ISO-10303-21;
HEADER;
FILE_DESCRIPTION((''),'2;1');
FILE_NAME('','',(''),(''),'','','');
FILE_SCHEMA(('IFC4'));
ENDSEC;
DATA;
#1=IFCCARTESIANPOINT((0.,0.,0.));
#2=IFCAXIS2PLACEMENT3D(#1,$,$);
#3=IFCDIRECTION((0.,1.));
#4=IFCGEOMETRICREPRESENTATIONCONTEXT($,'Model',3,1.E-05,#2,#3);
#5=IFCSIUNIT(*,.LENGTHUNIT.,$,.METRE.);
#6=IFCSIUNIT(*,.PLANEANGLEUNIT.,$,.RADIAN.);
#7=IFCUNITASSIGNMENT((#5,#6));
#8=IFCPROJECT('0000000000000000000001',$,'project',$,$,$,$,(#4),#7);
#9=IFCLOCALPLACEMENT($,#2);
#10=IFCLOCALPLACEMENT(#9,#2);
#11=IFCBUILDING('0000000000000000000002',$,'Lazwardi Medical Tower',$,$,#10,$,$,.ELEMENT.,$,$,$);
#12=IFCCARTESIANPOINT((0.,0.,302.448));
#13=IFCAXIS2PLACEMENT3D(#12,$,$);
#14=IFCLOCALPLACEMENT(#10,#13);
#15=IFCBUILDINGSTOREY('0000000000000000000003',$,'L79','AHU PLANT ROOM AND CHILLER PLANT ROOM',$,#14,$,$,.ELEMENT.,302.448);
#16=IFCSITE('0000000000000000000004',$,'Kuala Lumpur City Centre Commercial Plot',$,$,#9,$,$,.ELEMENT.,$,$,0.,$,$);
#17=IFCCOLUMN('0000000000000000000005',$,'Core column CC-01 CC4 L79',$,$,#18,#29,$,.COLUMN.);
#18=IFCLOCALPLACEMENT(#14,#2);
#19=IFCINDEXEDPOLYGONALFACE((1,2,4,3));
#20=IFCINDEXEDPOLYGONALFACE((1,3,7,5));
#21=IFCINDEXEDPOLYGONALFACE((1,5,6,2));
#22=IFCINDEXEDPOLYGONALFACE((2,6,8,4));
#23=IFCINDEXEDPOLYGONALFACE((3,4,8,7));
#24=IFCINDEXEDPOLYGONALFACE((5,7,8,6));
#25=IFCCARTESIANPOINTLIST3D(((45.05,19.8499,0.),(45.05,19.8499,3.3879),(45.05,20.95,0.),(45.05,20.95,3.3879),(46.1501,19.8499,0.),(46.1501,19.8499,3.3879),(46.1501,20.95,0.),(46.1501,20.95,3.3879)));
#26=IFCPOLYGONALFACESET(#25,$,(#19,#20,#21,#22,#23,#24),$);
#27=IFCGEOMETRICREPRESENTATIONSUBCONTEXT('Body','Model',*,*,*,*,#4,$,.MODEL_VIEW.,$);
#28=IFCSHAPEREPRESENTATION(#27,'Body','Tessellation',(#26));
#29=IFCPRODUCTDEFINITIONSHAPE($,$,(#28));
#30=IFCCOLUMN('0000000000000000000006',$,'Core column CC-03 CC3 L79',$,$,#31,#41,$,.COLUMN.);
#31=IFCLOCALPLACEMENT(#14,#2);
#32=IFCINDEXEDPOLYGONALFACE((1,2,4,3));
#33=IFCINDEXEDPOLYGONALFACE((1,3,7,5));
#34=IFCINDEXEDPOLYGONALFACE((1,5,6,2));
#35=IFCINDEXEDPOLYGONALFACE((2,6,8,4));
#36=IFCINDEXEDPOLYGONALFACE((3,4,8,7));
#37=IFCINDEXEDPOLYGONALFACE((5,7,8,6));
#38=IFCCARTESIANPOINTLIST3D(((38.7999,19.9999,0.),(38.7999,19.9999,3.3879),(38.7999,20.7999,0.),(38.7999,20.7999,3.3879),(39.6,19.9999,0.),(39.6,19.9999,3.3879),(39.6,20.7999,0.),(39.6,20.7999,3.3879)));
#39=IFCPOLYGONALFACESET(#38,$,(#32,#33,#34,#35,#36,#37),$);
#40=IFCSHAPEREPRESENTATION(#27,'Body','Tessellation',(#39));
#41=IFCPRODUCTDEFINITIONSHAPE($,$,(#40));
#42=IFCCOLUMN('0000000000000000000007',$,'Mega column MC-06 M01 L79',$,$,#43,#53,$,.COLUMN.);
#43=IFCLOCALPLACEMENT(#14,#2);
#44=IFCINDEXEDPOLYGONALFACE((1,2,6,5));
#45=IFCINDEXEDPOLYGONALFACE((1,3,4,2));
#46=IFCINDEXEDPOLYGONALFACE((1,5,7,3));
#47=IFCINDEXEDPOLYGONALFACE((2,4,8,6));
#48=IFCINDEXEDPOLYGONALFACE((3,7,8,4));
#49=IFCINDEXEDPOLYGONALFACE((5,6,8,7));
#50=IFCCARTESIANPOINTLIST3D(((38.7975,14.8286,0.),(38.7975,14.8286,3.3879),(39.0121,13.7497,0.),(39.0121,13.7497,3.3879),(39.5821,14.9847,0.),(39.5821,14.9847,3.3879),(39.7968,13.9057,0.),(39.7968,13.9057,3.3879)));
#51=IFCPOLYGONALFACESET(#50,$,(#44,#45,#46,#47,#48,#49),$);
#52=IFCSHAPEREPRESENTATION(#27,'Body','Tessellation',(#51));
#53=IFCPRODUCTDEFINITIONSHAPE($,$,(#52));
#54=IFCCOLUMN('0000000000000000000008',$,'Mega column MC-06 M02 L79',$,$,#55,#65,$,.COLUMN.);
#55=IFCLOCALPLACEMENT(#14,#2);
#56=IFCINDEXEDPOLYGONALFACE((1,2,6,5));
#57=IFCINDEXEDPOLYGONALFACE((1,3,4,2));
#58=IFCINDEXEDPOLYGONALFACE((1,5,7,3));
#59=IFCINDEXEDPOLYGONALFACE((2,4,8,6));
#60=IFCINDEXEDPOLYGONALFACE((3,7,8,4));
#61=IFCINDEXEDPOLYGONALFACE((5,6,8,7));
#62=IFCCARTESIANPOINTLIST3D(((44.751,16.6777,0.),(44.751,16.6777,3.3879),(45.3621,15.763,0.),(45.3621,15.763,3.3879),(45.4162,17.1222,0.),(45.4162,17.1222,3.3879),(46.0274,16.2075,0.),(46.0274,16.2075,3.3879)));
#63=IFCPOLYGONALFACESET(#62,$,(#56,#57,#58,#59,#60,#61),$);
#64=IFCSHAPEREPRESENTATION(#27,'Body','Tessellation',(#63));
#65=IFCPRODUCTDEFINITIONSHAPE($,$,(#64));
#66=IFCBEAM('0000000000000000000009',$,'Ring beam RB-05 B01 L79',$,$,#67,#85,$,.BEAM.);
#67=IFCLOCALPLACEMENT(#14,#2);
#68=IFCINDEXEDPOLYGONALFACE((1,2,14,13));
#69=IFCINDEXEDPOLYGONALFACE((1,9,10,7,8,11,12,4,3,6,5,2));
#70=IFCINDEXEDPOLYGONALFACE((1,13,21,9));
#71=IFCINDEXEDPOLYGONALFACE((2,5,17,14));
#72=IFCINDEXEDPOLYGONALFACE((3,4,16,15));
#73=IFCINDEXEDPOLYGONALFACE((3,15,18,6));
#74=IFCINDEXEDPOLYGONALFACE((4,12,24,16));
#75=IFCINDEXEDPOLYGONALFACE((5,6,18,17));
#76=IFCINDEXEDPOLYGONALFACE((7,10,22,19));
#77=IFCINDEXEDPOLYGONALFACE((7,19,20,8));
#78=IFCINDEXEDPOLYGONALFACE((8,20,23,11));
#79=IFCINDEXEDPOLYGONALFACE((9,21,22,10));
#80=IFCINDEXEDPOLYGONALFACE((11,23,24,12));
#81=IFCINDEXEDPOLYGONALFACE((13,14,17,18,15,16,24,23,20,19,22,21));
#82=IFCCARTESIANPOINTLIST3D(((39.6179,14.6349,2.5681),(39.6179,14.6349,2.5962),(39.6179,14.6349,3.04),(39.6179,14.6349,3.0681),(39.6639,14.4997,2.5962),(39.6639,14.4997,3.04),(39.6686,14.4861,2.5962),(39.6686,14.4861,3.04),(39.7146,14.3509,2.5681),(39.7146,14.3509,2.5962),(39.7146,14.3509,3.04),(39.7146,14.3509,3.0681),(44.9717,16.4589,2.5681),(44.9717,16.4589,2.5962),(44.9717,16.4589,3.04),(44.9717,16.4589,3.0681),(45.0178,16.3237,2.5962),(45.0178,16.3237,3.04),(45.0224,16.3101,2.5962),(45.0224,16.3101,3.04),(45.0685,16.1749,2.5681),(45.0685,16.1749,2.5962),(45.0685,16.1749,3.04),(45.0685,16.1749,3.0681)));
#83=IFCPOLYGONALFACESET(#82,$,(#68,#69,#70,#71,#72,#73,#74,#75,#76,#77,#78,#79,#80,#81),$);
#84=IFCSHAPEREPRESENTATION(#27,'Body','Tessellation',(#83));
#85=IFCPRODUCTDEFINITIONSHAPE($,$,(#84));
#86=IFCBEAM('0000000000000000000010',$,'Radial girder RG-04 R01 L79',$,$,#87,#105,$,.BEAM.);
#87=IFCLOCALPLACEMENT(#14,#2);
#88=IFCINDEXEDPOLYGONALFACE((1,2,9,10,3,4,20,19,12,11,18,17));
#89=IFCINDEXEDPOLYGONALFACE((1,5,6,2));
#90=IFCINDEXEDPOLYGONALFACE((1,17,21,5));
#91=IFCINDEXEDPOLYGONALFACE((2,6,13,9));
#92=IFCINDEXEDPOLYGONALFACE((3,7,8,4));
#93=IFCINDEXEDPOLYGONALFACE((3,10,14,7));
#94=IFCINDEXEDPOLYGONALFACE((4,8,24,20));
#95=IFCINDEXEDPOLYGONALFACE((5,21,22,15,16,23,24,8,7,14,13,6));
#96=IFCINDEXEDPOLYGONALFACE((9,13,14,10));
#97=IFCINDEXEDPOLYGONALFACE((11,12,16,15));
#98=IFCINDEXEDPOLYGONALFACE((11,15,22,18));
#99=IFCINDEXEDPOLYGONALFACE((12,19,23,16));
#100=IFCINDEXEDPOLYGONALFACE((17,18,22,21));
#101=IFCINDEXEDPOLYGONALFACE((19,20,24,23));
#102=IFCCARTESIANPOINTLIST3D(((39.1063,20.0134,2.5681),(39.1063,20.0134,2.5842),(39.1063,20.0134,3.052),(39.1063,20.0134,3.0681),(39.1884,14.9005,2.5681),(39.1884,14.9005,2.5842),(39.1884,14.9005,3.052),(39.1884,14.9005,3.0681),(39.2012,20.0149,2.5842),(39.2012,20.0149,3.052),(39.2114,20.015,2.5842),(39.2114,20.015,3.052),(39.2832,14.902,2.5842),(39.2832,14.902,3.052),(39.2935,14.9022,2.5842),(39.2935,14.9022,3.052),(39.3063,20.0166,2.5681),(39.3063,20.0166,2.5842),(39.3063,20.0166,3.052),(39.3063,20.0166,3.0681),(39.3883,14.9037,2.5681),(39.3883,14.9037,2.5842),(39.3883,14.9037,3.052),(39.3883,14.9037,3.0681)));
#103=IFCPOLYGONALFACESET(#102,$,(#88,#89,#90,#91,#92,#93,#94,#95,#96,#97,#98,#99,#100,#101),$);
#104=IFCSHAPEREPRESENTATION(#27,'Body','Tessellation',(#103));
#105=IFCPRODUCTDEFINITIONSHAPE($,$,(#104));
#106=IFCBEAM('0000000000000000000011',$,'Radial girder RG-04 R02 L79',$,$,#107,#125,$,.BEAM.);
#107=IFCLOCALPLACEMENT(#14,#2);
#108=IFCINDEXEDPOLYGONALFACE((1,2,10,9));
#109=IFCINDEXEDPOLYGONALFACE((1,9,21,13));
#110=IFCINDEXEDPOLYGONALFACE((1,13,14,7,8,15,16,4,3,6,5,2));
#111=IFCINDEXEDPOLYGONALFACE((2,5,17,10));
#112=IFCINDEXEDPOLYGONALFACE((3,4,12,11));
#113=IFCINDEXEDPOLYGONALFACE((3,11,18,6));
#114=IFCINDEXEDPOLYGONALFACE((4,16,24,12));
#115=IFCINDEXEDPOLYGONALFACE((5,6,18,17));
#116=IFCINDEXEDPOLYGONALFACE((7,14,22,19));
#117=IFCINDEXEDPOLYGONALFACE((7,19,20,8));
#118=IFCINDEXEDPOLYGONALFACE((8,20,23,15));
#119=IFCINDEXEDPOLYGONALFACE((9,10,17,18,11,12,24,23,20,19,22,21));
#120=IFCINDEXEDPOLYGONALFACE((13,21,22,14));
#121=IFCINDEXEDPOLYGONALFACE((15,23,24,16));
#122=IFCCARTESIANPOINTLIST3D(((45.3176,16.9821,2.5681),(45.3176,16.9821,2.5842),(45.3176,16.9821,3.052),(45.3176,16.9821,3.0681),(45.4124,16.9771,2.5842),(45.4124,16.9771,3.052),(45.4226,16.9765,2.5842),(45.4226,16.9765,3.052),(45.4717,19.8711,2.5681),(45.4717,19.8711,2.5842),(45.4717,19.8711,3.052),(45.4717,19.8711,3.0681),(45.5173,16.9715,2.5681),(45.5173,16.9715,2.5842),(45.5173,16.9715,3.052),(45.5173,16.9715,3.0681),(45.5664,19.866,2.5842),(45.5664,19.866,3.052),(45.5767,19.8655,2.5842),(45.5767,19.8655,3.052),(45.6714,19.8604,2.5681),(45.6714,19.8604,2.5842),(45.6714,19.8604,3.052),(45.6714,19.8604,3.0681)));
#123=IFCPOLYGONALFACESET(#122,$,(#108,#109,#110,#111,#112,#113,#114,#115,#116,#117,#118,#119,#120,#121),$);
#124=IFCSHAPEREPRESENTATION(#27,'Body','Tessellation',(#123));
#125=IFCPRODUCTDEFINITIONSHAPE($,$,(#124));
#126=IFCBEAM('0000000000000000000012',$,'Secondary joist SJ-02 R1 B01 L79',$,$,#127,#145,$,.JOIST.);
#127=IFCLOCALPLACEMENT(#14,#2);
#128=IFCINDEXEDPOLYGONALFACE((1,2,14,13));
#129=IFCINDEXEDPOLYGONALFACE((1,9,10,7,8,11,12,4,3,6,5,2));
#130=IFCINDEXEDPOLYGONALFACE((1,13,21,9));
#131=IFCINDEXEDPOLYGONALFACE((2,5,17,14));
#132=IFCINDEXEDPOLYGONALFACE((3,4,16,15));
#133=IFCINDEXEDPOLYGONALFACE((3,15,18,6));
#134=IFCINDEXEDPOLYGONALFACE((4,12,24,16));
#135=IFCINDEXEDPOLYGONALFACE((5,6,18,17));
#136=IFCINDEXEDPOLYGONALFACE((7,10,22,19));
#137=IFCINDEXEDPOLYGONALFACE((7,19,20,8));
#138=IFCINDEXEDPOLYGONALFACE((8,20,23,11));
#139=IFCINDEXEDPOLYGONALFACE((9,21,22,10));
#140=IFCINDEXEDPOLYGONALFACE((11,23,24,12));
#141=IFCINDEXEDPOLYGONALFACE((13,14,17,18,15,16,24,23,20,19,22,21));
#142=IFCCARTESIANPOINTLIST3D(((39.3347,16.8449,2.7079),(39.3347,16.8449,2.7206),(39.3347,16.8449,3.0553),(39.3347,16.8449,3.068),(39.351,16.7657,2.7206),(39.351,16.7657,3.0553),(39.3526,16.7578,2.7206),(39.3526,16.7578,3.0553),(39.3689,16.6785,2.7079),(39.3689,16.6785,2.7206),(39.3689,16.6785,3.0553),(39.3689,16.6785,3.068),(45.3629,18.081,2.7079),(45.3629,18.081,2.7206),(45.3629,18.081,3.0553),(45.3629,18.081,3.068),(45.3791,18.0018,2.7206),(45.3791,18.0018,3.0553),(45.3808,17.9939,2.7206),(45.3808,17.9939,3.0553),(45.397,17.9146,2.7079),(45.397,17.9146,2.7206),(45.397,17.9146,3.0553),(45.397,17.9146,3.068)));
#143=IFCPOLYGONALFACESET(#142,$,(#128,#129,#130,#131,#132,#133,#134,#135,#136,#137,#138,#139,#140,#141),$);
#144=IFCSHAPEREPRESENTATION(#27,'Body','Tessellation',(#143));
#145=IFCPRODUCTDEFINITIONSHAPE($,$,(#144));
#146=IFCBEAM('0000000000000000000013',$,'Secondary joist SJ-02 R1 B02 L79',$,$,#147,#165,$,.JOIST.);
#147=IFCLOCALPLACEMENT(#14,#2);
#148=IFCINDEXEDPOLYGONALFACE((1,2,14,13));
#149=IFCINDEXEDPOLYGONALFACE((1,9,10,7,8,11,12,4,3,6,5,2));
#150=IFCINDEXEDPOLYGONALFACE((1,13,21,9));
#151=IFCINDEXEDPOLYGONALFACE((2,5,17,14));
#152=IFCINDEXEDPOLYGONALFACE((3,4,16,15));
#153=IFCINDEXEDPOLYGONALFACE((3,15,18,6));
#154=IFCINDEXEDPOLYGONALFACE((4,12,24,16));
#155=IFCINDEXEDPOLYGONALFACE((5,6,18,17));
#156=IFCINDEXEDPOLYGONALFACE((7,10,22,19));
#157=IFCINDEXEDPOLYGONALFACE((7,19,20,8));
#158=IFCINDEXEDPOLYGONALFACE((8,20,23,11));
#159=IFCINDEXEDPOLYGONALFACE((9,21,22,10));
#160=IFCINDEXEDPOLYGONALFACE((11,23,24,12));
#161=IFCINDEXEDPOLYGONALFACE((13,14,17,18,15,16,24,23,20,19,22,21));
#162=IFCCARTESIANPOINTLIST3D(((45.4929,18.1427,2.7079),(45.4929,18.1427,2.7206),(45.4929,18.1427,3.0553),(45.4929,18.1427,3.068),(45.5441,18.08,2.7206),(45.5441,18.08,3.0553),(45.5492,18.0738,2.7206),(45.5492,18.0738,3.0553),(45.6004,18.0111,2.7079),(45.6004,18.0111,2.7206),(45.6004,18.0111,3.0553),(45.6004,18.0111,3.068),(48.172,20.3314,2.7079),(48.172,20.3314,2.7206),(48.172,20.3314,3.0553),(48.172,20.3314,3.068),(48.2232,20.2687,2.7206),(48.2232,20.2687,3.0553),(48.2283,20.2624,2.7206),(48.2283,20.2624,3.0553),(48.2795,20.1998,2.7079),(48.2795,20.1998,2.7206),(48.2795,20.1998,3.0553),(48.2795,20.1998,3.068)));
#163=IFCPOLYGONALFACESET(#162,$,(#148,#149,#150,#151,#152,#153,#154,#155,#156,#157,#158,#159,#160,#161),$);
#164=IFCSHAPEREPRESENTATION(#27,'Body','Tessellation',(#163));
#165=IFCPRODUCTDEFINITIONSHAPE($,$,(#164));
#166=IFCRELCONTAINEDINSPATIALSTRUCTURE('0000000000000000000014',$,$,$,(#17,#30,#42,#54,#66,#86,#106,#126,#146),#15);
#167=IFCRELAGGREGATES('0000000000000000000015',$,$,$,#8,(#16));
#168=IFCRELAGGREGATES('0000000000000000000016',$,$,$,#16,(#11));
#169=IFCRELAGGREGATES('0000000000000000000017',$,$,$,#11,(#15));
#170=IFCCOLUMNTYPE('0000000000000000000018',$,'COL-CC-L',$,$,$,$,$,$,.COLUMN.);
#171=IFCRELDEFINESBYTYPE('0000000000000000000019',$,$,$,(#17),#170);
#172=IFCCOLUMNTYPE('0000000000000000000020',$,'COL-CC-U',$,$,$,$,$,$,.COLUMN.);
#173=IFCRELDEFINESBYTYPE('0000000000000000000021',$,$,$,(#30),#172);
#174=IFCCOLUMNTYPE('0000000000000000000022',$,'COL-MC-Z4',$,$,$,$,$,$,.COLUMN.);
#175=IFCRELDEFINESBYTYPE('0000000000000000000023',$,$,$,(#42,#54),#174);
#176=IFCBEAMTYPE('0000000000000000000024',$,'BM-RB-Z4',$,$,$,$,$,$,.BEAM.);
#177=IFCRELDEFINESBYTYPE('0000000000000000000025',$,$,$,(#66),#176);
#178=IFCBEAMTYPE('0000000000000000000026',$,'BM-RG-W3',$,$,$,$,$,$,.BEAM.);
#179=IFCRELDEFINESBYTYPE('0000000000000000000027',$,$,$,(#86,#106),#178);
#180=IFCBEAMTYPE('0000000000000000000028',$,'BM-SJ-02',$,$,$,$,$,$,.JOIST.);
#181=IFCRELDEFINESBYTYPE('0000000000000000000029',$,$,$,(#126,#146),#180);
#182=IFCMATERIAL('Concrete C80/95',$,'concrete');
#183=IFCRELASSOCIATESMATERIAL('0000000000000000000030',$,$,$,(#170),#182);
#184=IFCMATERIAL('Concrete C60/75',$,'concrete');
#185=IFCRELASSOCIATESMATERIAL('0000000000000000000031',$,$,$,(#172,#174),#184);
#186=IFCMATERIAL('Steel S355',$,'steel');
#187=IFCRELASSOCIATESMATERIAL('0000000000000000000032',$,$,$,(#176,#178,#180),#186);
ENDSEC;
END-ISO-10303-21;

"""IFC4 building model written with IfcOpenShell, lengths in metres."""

from ifc_helpers import new_model, si_unit, direction, frame, origin, origin_2d, place, context, subcontext, project, spatial, rectangle, i_section, extrude, material, material_profile, profile_set, type_object, element, save


model = new_model("IFC4")

# Units and contexts
model_context = context("Model", 3, precision=1e-05, world=origin(), true_north=direction((0.0, 1.0)))
body_context = subcontext(model_context, "Body", "Model", "MODEL_VIEW")
ifc_project = project(units=[si_unit("LENGTHUNIT", "METRE"), si_unit("PLANEANGLEUNIT", "RADIAN")], contexts=[model_context])

# Site, building, storey
site_placement = place(None, origin())
site = spatial("IfcSite", under=ifc_project, at=site_placement, Name="Kuala Lumpur City Centre Commercial Plot", CompositionType="ELEMENT", RefElevation=0.0)
building_placement = place(site_placement, origin())
building = spatial("IfcBuilding", under=site, at=building_placement, Name="Lazwardi Medical Tower", CompositionType="ELEMENT")
storey_placement = place(building_placement, frame((0.0, 0.0, 302.448)))
storey = spatial("IfcBuildingStorey", under=building, at=storey_placement, Name="L79", Description="AHU PLANT ROOM AND CHILLER PLANT ROOM", CompositionType="ELEMENT", Elevation=302.448)

# Columns
ifc_material_1 = material(Name="Concrete C80/95", Category="concrete")
ifc_material_profile_1 = material_profile(ifc_material_1, rectangle(XDim=1.1001, YDim=1.1001, at=origin_2d()), Name="RC 1100x1100")
ifc_profile_set_1 = profile_set([ifc_material_profile_1], Name="Concrete C80/95")
column_type_1 = type_object("IfcColumnType", Name="COL-CC-L", PredefinedType="COLUMN", material=ifc_profile_set_1)
column_1_placement = place(storey_placement, frame((45.6001, 20.3999, 0.0), z_axis=(0.0, 0.0, 1.0), x_axis=(1.0, 0.0, 0.0)))
element("IfcColumn", 1, at=column_1_placement, inside=storey, type_object=column_type_1, Name="Core column CC-01 CC4 L79", PredefinedType="COLUMN", context=body_context, shape_type="SweptSolid", body=[
    extrude(rectangle(XDim=1.1001, YDim=1.1001, at=origin_2d()), origin(), (0.0, 0.0, 1.0), 3.3879),
])
ifc_material_2 = material(Name="Concrete C60/75", Category="concrete")
ifc_material_profile_2 = material_profile(ifc_material_2, rectangle(XDim=0.8, YDim=0.8, at=origin_2d()), Name="RC 800x800")
ifc_profile_set_2 = profile_set([ifc_material_profile_2], Name="Concrete C60/75")
column_type_2 = type_object("IfcColumnType", Name="COL-CC-U", PredefinedType="COLUMN", material=ifc_profile_set_2)
column_2_placement = place(storey_placement, frame((39.2, 20.3999, 0.0), z_axis=(0.0, 0.0, 1.0), x_axis=(1.0, 0.0, 0.0)))
element("IfcColumn", 2, at=column_2_placement, inside=storey, type_object=column_type_2, Name="Core column CC-03 CC3 L79", PredefinedType="COLUMN", context=body_context, shape_type="SweptSolid", body=[
    extrude(rectangle(XDim=0.8, YDim=0.8, at=origin_2d()), origin(), (0.0, 0.0, 1.0), 3.3879),
])
ifc_material_profile_3 = material_profile(ifc_material_2, rectangle(XDim=1.1001, YDim=0.8, at=origin_2d()), Name="CFT-RECT 1100x800")
ifc_profile_set_3 = profile_set([ifc_material_profile_3], Name="Concrete C60/75")
column_type_3 = type_object("IfcColumnType", Name="COL-MC-Z4", PredefinedType="COLUMN", material=ifc_profile_set_3)
for number, where, z_axis, x_axis, name in (
    (3, (39.2971, 14.3672, 0.0), (0.0, 0.0, 1.0), (0.19509, -0.980785, 0.0), "Mega column MC-06 M01 L79"),
    (4, (45.3892, 16.4426, 0.0), (0.0, 0.0, 1.0), (0.55557, -0.83147, 0.0), "Mega column MC-06 M02 L79"),
):
    element("IfcColumn", number, at=place(storey_placement, frame(where, z_axis=z_axis, x_axis=x_axis)), inside=storey, type_object=column_type_3, Name=name, PredefinedType="COLUMN", context=body_context, shape_type="SweptSolid", body=[
        extrude(rectangle(XDim=1.1001, YDim=0.8, at=origin_2d()), origin(), (0.0, 0.0, 1.0), 3.3879),
    ])

# Beams
ifc_material_3 = material(Name="Steel S355", Category="steel")
ifc_material_profile_4 = material_profile(ifc_material_3, i_section(OverallWidth=0.3, OverallDepth=0.5, WebThickness=0.0144, FlangeThickness=0.0281, at=origin_2d()), Name="HEB 500")
ifc_profile_set_4 = profile_set([ifc_material_profile_4], Name="Steel S355")
beam_type_1 = type_object("IfcBeamType", Name="BM-RB-Z4", PredefinedType="BEAM", material=ifc_profile_set_4)
beam_1_placement = place(storey_placement, frame((39.6663, 14.4929, 2.8181), z_axis=(0.946573, 0.322488, 0.0), x_axis=(-0.322488, 0.946573, 0.0)))
element("IfcBeam", 5, at=beam_1_placement, inside=storey, type_object=beam_type_1, Name="Ring beam RB-05 B01 L79", PredefinedType="BEAM", context=body_context, shape_type="SweptSolid", body=[
    extrude(i_section(OverallWidth=0.3, OverallDepth=0.5, WebThickness=0.0144, FlangeThickness=0.0281, at=origin_2d()), origin(), (0.0, 0.0, 1.0), 5.656),
])
ifc_material_profile_5 = material_profile(ifc_material_3, i_section(OverallWidth=0.2, OverallDepth=0.5, WebThickness=0.0103, FlangeThickness=0.0161, at=origin_2d()), Name="IPE 500")
ifc_profile_set_5 = profile_set([ifc_material_profile_5], Name="Steel S355")
beam_type_2 = type_object("IfcBeamType", Name="BM-RG-W3", PredefinedType="BEAM", material=ifc_profile_set_5)
beam_2_placement = place(storey_placement, frame((39.2883, 14.9021, 2.8181), z_axis=(-0.016042, 0.999871, 0.0), x_axis=(-0.999871, -0.016042, 0.0)))
element("IfcBeam", 6, at=beam_2_placement, inside=storey, type_object=beam_type_2, Name="Radial girder RG-04 R01 L79", PredefinedType="BEAM", context=body_context, shape_type="SweptSolid", body=[
    extrude(i_section(OverallWidth=0.2, OverallDepth=0.5, WebThickness=0.0103, FlangeThickness=0.0161, at=origin_2d()), origin(), (0.0, 0.0, 1.0), 5.1135),
])
beam_3_placement = place(storey_placement, frame((45.4175, 16.9768, 2.8181), z_axis=(0.05325, 0.998581, 0.0), x_axis=(-0.998581, 0.05325, 0.0)))
element("IfcBeam", 7, at=beam_3_placement, inside=storey, type_object=beam_type_2, Name="Radial girder RG-04 R02 L79", PredefinedType="BEAM", context=body_context, shape_type="SweptSolid", body=[
    extrude(i_section(OverallWidth=0.2, OverallDepth=0.5, WebThickness=0.0103, FlangeThickness=0.0161, at=origin_2d()), origin(), (0.0, 0.0, 1.0), 2.8931),
])
ifc_material_profile_6 = material_profile(ifc_material_3, i_section(OverallWidth=0.1699, OverallDepth=0.3601, WebThickness=0.0081, FlangeThickness=0.0127, at=origin_2d()), Name="IPE 360")
ifc_profile_set_6 = profile_set([ifc_material_profile_6], Name="Steel S355")
beam_type_3 = type_object("IfcBeamType", Name="BM-SJ-02", PredefinedType="JOIST", material=ifc_profile_set_6)
beam_4_placement = place(storey_placement, frame((39.3518, 16.7617, 2.8879), z_axis=(0.979617, 0.200875, 0.0), x_axis=(-0.200875, 0.979617, 0.0)))
element("IfcBeam", 8, at=beam_4_placement, inside=storey, type_object=beam_type_3, Name="Secondary joist SJ-02 R1 B01 L79", PredefinedType="JOIST", context=body_context, shape_type="SweptSolid", body=[
    extrude(i_section(OverallWidth=0.1699, OverallDepth=0.3601, WebThickness=0.0081, FlangeThickness=0.0127, at=origin_2d()), origin(), (0.0, 0.0, 1.0), 6.1536),
])
beam_5_placement = place(storey_placement, frame((45.5466, 18.0769, 2.8879), z_axis=(0.774432, 0.632657, 0.0), x_axis=(-0.632657, 0.774432, 0.0)))
element("IfcBeam", 9, at=beam_5_placement, inside=storey, type_object=beam_type_3, Name="Secondary joist SJ-02 R1 B02 L79", PredefinedType="JOIST", context=body_context, shape_type="SweptSolid", body=[
    extrude(i_section(OverallWidth=0.1699, OverallDepth=0.3601, WebThickness=0.0081, FlangeThickness=0.0127, at=origin_2d()), origin(), (0.0, 0.0, 1.0), 3.4595),
])

save(model, "model.ifc")
